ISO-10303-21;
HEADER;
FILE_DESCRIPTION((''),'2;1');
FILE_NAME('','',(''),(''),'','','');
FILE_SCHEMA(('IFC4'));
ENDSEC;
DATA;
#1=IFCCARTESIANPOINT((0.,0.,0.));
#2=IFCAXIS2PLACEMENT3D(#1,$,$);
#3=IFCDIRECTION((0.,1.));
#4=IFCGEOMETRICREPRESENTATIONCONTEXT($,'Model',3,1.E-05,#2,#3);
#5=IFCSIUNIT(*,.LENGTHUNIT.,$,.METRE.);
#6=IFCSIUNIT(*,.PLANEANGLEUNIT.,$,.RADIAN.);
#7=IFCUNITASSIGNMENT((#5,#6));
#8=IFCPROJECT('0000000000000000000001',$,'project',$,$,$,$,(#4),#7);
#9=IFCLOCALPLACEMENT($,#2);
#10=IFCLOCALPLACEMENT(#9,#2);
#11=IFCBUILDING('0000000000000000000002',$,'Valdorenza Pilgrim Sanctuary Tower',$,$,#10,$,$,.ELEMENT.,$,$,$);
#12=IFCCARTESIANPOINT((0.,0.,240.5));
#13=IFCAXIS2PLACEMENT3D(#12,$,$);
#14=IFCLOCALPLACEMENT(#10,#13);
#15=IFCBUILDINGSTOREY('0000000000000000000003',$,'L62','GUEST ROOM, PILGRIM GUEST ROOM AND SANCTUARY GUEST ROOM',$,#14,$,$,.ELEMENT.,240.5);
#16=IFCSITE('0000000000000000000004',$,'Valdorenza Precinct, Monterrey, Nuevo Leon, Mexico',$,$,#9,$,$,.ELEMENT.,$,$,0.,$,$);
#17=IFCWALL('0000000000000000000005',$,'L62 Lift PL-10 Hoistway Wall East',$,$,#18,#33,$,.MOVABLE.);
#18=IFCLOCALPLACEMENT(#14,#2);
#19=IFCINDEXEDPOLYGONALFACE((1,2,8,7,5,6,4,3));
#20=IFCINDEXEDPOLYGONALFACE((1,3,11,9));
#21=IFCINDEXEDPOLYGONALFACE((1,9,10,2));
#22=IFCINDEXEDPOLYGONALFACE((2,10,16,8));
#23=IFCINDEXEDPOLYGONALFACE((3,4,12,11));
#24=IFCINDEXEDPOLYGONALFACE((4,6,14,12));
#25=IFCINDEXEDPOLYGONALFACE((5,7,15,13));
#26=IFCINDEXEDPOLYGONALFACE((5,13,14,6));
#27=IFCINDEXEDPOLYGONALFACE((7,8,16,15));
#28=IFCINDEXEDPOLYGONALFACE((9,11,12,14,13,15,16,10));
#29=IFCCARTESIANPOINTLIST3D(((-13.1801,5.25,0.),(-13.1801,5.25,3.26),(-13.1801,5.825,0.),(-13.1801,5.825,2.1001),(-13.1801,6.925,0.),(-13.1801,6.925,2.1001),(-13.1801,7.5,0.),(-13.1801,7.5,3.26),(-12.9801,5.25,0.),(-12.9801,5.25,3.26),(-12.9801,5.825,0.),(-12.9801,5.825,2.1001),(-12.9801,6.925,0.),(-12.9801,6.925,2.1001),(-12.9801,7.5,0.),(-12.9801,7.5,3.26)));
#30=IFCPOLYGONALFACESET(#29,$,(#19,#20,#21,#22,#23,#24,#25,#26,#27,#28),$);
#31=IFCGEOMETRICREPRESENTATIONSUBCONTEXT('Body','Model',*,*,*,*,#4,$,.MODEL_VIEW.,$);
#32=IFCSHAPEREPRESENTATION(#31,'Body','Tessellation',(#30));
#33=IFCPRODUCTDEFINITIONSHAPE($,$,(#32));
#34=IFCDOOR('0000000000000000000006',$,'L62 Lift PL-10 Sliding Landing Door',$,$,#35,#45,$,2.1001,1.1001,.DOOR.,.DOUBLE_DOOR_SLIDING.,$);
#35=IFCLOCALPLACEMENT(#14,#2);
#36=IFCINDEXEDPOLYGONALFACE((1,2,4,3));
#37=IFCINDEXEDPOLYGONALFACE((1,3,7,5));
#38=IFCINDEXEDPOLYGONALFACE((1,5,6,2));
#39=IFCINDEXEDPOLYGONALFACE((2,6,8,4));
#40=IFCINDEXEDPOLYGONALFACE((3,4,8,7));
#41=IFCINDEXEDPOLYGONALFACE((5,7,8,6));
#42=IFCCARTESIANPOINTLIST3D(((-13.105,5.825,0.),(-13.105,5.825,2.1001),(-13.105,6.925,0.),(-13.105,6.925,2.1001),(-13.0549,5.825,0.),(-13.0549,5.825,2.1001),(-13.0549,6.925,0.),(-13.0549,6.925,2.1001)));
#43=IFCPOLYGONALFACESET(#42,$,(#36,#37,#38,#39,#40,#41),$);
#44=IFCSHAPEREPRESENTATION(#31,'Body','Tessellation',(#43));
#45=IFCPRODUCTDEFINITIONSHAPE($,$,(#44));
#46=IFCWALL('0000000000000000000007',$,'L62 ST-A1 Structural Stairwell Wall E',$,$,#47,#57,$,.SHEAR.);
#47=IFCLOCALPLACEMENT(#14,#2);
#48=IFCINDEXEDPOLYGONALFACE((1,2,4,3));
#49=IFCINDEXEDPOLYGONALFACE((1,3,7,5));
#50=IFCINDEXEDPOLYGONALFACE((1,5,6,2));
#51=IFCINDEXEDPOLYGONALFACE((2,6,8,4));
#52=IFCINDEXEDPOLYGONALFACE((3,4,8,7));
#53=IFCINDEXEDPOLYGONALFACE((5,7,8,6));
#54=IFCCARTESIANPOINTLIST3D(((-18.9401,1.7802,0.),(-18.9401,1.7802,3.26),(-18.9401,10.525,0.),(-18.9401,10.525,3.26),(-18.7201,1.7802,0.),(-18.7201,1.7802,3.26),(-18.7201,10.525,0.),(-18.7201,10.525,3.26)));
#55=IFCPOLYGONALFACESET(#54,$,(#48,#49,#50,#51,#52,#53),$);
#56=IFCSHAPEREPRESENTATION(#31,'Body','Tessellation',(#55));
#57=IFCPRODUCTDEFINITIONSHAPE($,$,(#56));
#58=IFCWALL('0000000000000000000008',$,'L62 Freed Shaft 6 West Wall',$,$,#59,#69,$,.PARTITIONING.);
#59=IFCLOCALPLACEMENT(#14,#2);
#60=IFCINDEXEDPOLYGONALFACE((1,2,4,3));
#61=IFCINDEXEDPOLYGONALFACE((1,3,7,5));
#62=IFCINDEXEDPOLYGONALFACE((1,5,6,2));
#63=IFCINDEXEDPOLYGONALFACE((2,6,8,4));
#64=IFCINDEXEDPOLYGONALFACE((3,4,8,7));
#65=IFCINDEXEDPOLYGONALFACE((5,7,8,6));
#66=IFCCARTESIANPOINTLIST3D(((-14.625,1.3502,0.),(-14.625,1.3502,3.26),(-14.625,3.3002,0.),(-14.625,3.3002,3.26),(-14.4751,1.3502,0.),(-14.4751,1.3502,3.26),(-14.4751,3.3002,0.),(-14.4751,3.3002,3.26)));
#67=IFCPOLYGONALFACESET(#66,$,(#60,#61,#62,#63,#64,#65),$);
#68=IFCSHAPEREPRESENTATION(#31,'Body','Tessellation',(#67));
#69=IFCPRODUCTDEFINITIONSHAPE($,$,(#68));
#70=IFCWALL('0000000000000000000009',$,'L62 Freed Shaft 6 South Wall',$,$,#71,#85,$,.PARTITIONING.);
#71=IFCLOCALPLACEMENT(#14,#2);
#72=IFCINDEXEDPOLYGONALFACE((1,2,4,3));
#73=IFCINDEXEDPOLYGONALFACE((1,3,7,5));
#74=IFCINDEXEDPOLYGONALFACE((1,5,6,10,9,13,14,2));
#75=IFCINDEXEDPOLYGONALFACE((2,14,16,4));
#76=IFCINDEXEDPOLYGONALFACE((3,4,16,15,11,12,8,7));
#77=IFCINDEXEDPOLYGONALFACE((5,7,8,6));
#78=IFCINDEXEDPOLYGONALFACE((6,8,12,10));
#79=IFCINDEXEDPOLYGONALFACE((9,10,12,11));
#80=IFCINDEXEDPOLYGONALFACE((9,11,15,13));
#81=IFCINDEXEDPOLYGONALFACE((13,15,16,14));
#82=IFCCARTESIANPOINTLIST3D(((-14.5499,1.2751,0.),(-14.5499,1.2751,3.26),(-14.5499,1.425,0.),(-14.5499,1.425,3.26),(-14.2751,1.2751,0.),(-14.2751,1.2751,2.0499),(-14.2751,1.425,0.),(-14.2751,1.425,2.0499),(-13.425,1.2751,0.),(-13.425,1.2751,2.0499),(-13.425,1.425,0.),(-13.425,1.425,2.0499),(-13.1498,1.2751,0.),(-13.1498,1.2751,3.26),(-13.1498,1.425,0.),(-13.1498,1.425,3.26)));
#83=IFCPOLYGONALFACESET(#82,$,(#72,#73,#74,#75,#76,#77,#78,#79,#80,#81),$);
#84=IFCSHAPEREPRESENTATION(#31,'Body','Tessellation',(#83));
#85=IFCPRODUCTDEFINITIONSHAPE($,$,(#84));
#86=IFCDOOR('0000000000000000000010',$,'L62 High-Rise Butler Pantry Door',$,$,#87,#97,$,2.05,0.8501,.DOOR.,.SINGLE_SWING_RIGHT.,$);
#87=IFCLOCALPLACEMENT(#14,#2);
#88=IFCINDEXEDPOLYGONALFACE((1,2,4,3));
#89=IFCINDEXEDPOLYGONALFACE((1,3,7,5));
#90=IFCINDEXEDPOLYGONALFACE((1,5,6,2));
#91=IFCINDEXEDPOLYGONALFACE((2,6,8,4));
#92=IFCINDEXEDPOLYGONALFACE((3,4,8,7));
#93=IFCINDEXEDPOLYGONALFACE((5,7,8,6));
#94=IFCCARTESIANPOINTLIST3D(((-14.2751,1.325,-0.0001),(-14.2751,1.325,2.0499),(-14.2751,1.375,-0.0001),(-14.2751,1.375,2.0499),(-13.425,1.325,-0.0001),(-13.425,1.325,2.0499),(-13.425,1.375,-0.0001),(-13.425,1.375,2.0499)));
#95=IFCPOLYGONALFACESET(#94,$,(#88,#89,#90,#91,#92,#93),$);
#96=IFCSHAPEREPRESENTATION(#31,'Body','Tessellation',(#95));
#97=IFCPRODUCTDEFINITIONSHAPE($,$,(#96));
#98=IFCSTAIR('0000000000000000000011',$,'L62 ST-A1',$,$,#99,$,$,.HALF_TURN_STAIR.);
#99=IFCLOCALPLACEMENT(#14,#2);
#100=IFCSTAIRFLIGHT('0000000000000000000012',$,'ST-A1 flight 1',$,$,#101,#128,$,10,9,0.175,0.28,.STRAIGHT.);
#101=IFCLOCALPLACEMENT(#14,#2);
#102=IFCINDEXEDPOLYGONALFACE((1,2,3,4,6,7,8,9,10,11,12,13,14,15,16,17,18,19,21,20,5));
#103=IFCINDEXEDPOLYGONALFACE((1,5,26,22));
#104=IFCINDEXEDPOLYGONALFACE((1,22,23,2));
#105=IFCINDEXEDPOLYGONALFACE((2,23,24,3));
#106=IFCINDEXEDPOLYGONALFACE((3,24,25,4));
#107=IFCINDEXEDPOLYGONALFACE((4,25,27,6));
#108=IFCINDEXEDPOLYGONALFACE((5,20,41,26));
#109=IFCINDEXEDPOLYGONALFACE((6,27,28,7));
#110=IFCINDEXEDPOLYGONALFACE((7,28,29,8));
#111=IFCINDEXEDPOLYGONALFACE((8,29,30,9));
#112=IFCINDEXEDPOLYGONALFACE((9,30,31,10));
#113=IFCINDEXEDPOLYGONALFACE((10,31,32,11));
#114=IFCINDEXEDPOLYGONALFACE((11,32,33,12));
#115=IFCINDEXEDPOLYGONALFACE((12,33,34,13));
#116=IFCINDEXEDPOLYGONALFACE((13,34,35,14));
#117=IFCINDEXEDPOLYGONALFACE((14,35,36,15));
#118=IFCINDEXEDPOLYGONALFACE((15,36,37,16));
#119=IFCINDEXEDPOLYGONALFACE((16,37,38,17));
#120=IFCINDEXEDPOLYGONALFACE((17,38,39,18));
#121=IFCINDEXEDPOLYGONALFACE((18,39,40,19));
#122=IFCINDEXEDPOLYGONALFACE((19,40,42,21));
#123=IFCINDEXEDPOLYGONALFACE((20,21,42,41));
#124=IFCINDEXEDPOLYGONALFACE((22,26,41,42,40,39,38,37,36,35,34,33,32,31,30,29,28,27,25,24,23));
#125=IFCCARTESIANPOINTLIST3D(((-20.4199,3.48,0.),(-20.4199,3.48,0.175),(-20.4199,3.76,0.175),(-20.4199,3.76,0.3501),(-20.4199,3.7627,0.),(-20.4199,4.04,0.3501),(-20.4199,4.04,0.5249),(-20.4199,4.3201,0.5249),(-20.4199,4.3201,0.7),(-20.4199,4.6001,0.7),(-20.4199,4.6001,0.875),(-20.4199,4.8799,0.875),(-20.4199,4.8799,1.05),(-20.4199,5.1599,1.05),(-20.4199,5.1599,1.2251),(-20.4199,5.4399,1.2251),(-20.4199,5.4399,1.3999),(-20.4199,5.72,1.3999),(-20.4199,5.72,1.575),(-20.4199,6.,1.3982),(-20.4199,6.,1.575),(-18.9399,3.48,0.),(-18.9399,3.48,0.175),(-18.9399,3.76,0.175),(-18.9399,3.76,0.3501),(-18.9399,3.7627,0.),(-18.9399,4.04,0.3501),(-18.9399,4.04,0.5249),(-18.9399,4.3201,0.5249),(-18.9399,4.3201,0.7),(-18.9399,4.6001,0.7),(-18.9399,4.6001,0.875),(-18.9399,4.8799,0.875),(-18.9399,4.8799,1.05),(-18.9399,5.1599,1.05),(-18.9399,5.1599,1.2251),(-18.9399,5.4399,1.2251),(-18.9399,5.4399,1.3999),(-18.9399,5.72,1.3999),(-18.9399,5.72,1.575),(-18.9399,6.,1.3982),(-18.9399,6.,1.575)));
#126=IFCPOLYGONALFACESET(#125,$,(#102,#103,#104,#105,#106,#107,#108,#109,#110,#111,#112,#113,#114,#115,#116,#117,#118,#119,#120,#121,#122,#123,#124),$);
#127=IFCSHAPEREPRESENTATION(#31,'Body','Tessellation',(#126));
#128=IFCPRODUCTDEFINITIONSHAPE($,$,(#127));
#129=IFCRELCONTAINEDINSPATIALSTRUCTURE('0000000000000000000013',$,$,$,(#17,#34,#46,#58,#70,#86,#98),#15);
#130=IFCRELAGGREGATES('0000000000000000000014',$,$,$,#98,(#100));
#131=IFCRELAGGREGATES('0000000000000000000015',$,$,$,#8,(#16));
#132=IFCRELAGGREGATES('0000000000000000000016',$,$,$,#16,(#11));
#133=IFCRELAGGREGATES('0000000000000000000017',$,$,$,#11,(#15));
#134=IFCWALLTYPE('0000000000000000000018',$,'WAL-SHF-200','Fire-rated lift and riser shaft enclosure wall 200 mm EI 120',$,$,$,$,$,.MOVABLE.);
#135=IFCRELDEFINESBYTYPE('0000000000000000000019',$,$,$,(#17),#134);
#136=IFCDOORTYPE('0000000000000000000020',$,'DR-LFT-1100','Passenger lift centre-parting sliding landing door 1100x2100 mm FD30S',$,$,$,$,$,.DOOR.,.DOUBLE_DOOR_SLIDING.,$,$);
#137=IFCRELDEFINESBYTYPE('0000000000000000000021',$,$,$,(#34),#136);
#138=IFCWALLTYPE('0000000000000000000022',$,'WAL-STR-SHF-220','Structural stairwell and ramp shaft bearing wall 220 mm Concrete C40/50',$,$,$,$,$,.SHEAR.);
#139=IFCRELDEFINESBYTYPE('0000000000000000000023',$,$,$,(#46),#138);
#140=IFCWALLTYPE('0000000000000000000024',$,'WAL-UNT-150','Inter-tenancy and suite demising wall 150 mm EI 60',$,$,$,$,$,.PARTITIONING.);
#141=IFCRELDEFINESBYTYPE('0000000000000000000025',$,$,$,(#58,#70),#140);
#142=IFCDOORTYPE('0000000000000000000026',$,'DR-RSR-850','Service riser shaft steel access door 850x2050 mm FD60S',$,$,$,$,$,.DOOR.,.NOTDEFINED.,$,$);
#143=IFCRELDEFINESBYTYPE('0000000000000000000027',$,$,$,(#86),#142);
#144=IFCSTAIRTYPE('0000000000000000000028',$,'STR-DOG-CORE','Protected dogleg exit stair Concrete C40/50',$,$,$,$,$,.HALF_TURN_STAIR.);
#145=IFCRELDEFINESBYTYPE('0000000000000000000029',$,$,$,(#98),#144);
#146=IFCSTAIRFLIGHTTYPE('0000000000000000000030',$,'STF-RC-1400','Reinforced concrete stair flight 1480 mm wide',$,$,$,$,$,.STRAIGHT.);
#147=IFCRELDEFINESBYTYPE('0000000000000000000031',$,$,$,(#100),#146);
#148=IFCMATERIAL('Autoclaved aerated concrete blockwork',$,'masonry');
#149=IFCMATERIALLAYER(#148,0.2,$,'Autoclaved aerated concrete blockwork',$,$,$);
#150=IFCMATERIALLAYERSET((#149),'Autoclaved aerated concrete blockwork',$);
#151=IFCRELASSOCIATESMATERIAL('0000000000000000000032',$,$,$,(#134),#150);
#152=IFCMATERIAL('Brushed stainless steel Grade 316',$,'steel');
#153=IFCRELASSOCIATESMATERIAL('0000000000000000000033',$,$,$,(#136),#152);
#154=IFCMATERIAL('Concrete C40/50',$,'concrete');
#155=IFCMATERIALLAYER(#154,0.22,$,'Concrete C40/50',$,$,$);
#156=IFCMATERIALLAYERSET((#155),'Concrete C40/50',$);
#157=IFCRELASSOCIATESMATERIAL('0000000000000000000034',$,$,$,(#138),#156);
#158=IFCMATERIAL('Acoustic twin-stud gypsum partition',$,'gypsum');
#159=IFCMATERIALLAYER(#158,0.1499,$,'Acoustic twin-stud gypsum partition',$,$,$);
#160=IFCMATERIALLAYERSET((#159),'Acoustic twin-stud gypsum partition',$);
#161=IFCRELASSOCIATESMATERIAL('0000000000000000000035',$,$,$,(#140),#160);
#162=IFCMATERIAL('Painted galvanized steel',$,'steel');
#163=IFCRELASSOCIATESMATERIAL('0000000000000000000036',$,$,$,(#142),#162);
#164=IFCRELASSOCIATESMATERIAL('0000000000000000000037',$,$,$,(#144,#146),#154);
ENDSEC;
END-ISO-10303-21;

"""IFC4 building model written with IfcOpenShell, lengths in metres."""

from ifc_helpers import new_model, si_unit, direction, frame, frame_2d, origin, place, context, subcontext, project, spatial, polyline, rectangle, outline, extrude, material, layer, layer_set, type_object, element, fill, aggregate, save


model = new_model("IFC4")

# Units and contexts
model_context = context("Model", 3, precision=1e-05, world=origin(), true_north=direction((0.0, 1.0)))
body_context = subcontext(model_context, "Body", "Model", "MODEL_VIEW")
ifc_project = project(units=[si_unit("LENGTHUNIT", "METRE"), si_unit("PLANEANGLEUNIT", "RADIAN")], contexts=[model_context])

# Site, building, storey
site_placement = place(None, origin())
site = spatial("IfcSite", under=ifc_project, at=site_placement, Name="Valdorenza Precinct, Monterrey, Nuevo Leon, Mexico", CompositionType="ELEMENT", RefElevation=0.0)
building_placement = place(site_placement, origin())
building = spatial("IfcBuilding", under=site, at=building_placement, Name="Valdorenza Pilgrim Sanctuary Tower", CompositionType="ELEMENT")
storey_placement = place(building_placement, frame((0.0, 0.0, 240.5)))
storey = spatial("IfcBuildingStorey", under=building, at=storey_placement, Name="L62", Description="GUEST ROOM, PILGRIM GUEST ROOM AND SANCTUARY GUEST ROOM", CompositionType="ELEMENT", Elevation=240.5)

# Shared definitions
ifc_material_1 = material(Name="Acoustic twin-stud gypsum partition", Category="gypsum")
ifc_material_2 = material(Name="Autoclaved aerated concrete blockwork", Category="masonry")
ifc_layer_1 = layer(ifc_material_2, 0.2, Name="Autoclaved aerated concrete blockwork")
ifc_layer_set_1 = layer_set([ifc_layer_1], Name="Autoclaved aerated concrete blockwork")
wall_type_1 = type_object("IfcWallType", Name="WAL-SHF-200", Description="Fire-rated lift and riser shaft enclosure wall 200 mm EI 120", PredefinedType="MOVABLE", material=ifc_layer_set_1)

# Shared definitions
ifc_material_3 = material(Name="Brushed stainless steel Grade 316", Category="steel")

# Shared definitions
door_type_1 = type_object("IfcDoorType", Name="DR-LFT-1100", Description="Passenger lift centre-parting sliding landing door 1100x2100 mm FD30S", OperationType="DOUBLE_DOOR_SLIDING", PredefinedType="DOOR", material=ifc_material_3)

# Wall, opening, door
wall_1_placement = place(storey_placement, frame((-13.0801, 5.25, 0.0), z_axis=(0.0, 0.0, 1.0), x_axis=(0.0, 1.0, 0.0)))
wall_1 = element("IfcWall", 1, at=wall_1_placement, inside=storey, type_object=wall_type_1, Name="L62 Lift PL-10 Hoistway Wall East", PredefinedType="MOVABLE", context=body_context, shape_type="SweptSolid", body=[
    extrude(rectangle(XDim=2.25, YDim=0.2, at=frame_2d((1.125, 0.0))), origin(), (0.0, 0.0, 1.0), 3.26),
])
opening_1_placement = place(wall_1_placement, frame((0.575, 0.0, 0.0)))
opening_1 = element("IfcOpeningElement", 2, at=opening_1_placement, cuts=wall_1, PredefinedType="OPENING", context=body_context, shape_type="SweptSolid", body=[
    extrude(rectangle(XDim=1.1001, YDim=2.1001, at=frame_2d((0.55, 1.05))), frame((0.0, 0.1147, 0.0), z_axis=(0.0, -1.0, 0.0), x_axis=(1.0, 0.0, 0.0)), (0.0, 0.0, 1.0), 0.2297),
])
door_1_placement = place(opening_1_placement, origin())
door_1 = element("IfcDoor", 3, at=door_1_placement, inside=storey, type_object=door_type_1, Name="L62 Lift PL-10 Sliding Landing Door", OperationType="DOUBLE_DOOR_SLIDING", OverallHeight=2.1001, OverallWidth=1.1001, PredefinedType="DOOR", context=body_context, shape_type="SweptSolid", body=[
    extrude(rectangle(XDim=1.1001, YDim=2.1001, at=frame_2d((0.55, 1.05))), frame((0.0, 0.0249, 0.0), z_axis=(0.0, -1.0, 0.0), x_axis=(1.0, 0.0, 0.0)), (0.0, 0.0, 1.0), 0.05),
])
fill(opening_1, door_1)

# Walls
ifc_material_4 = material(Name="Concrete C40/50", Category="concrete")
ifc_layer_2 = layer(ifc_material_4, 0.22, Name="Concrete C40/50")
ifc_layer_set_2 = layer_set([ifc_layer_2], Name="Concrete C40/50")
wall_type_2 = type_object("IfcWallType", Name="WAL-STR-SHF-220", Description="Structural stairwell and ramp shaft bearing wall 220 mm Concrete C40/50", PredefinedType="SHEAR", material=ifc_layer_set_2)
wall_2_placement = place(storey_placement, frame((-18.8301, 1.78, 0.0), z_axis=(0.0, 0.0, 1.0), x_axis=(0.0, 1.0, 0.0)))
element("IfcWall", 4, at=wall_2_placement, inside=storey, type_object=wall_type_2, Name="L62 ST-A1 Structural Stairwell Wall E", PredefinedType="SHEAR", context=body_context, shape_type="SweptSolid", body=[
    extrude(rectangle(XDim=8.7449, YDim=0.22, at=frame_2d((4.3726, 0.0))), origin(), (0.0, 0.0, 1.0), 3.26),
])
ifc_layer_3 = layer(ifc_material_1, 0.1499, Name="Acoustic twin-stud gypsum partition")
ifc_layer_set_3 = layer_set([ifc_layer_3], Name="Acoustic twin-stud gypsum partition")
wall_type_3 = type_object("IfcWallType", Name="WAL-UNT-150", Description="Inter-tenancy and suite demising wall 150 mm EI 60", PredefinedType="PARTITIONING", material=ifc_layer_set_3)
wall_3_placement = place(storey_placement, frame((-14.55, 1.3501, 0.0), z_axis=(0.0, 0.0, 1.0), x_axis=(0.0, 1.0, 0.0)))
element("IfcWall", 5, at=wall_3_placement, inside=storey, type_object=wall_type_3, Name="L62 Freed Shaft 6 West Wall", PredefinedType="PARTITIONING", context=body_context, shape_type="SweptSolid", body=[
    extrude(rectangle(XDim=1.95, YDim=0.1499, at=frame_2d((0.9751, 0.0))), origin(), (0.0, 0.0, 1.0), 3.26),
])

# Wall, opening, door
wall_4_placement = place(storey_placement, frame((-14.55, 1.3501, 0.0), z_axis=(0.0, 0.0, 1.0), x_axis=(1.0, 0.0, 0.0)))
wall_4 = element("IfcWall", 6, at=wall_4_placement, inside=storey, type_object=wall_type_3, Name="L62 Freed Shaft 6 South Wall", PredefinedType="PARTITIONING", context=body_context, shape_type="SweptSolid", body=[
    extrude(rectangle(XDim=1.4001, YDim=0.1499, at=frame_2d((0.7002, 0.0))), origin(), (0.0, 0.0, 1.0), 3.26),
])
opening_2_placement = place(wall_4_placement, frame((0.2749, 0.0, 0.0)))
opening_2 = element("IfcOpeningElement", 7, at=opening_2_placement, cuts=wall_4, PredefinedType="OPENING", context=body_context, shape_type="SweptSolid", body=[
    extrude(rectangle(XDim=0.8501, YDim=2.05, at=frame_2d((0.425, 1.0249))), frame((0.0, 0.0898, 0.0), z_axis=(0.0, -1.0, 0.0), x_axis=(1.0, 0.0, 0.0)), (0.0, 0.0, 1.0), 0.1797),
])
ifc_material_5 = material(Name="Painted galvanized steel", Category="steel")
door_type_2 = type_object("IfcDoorType", Name="DR-RSR-850", Description="Service riser shaft steel access door 850x2050 mm FD60S", OperationType="NOTDEFINED", PredefinedType="DOOR", material=ifc_material_5)
door_2_placement = place(opening_2_placement, origin())
door_2 = element("IfcDoor", 8, at=door_2_placement, inside=storey, type_object=door_type_2, Name="L62 High-Rise Butler Pantry Door", OperationType="SINGLE_SWING_RIGHT", OverallHeight=2.05, OverallWidth=0.8501, PredefinedType="DOOR", context=body_context, shape_type="SweptSolid", body=[
    extrude(rectangle(XDim=0.8501, YDim=2.05, at=frame_2d((0.425, 1.0249))), frame((0.0, 0.0249, 0.0), z_axis=(0.0, -1.0, 0.0), x_axis=(1.0, 0.0, 0.0)), (0.0, 0.0, 1.0), 0.05),
])
fill(opening_2, door_2)

# Stair, stair flight
stair_type = type_object("IfcStairType", Name="STR-DOG-CORE", Description="Protected dogleg exit stair Concrete C40/50", PredefinedType="HALF_TURN_STAIR", material=ifc_material_4)
stair_placement = place(storey_placement, origin())
stair = element("IfcStair", 9, at=stair_placement, inside=storey, type_object=stair_type, Name="L62 ST-A1", PredefinedType="HALF_TURN_STAIR")
stair_flight_type = type_object("IfcStairFlightType", Name="STF-RC-1400", Description="Reinforced concrete stair flight 1480 mm wide", PredefinedType="STRAIGHT", material=ifc_material_4)
stair_flight_placement = place(storey_placement, frame((-19.6799, 3.48, 0.0), z_axis=(0.0, 0.0, 1.0), x_axis=(0.0, 1.0, 0.0)))
stair_flight = element("IfcStairFlight", 10, at=stair_flight_placement, type_object=stair_flight_type, Name="ST-A1 flight 1", NumberOfRisers=10, NumberOfTreads=9, PredefinedType="STRAIGHT", RiserHeight=0.175, TreadLength=0.28, context=body_context, shape_type="SweptSolid", body=[
    extrude(outline(polyline([(0.0, 0.0), (0.0, 0.175), (0.28, 0.175), (0.28, 0.3501), (0.5601, 0.3501), (0.5601, 0.5249), (0.8401, 0.5249), (0.8401, 0.7), (1.1201, 0.7), (1.1201, 0.875), (1.3999, 0.875), (1.3999, 1.05), (1.6799, 1.05), (1.6799, 1.2251), (1.96, 1.2251), (1.96, 1.3999), (2.24, 1.3999), (2.24, 1.575), (2.52, 1.575), (2.52, 1.75), (2.52, 1.3982), (0.2827, 0.0), (0.0, 0.0)])), frame((0.0, 0.74, 0.0), z_axis=(0.0, -1.0, 0.0), x_axis=(1.0, 0.0, 0.0)), (0.0, 0.0, 1.0), 1.48),
])
aggregate(stair, [stair_flight])

save(model, "model.ifc")
